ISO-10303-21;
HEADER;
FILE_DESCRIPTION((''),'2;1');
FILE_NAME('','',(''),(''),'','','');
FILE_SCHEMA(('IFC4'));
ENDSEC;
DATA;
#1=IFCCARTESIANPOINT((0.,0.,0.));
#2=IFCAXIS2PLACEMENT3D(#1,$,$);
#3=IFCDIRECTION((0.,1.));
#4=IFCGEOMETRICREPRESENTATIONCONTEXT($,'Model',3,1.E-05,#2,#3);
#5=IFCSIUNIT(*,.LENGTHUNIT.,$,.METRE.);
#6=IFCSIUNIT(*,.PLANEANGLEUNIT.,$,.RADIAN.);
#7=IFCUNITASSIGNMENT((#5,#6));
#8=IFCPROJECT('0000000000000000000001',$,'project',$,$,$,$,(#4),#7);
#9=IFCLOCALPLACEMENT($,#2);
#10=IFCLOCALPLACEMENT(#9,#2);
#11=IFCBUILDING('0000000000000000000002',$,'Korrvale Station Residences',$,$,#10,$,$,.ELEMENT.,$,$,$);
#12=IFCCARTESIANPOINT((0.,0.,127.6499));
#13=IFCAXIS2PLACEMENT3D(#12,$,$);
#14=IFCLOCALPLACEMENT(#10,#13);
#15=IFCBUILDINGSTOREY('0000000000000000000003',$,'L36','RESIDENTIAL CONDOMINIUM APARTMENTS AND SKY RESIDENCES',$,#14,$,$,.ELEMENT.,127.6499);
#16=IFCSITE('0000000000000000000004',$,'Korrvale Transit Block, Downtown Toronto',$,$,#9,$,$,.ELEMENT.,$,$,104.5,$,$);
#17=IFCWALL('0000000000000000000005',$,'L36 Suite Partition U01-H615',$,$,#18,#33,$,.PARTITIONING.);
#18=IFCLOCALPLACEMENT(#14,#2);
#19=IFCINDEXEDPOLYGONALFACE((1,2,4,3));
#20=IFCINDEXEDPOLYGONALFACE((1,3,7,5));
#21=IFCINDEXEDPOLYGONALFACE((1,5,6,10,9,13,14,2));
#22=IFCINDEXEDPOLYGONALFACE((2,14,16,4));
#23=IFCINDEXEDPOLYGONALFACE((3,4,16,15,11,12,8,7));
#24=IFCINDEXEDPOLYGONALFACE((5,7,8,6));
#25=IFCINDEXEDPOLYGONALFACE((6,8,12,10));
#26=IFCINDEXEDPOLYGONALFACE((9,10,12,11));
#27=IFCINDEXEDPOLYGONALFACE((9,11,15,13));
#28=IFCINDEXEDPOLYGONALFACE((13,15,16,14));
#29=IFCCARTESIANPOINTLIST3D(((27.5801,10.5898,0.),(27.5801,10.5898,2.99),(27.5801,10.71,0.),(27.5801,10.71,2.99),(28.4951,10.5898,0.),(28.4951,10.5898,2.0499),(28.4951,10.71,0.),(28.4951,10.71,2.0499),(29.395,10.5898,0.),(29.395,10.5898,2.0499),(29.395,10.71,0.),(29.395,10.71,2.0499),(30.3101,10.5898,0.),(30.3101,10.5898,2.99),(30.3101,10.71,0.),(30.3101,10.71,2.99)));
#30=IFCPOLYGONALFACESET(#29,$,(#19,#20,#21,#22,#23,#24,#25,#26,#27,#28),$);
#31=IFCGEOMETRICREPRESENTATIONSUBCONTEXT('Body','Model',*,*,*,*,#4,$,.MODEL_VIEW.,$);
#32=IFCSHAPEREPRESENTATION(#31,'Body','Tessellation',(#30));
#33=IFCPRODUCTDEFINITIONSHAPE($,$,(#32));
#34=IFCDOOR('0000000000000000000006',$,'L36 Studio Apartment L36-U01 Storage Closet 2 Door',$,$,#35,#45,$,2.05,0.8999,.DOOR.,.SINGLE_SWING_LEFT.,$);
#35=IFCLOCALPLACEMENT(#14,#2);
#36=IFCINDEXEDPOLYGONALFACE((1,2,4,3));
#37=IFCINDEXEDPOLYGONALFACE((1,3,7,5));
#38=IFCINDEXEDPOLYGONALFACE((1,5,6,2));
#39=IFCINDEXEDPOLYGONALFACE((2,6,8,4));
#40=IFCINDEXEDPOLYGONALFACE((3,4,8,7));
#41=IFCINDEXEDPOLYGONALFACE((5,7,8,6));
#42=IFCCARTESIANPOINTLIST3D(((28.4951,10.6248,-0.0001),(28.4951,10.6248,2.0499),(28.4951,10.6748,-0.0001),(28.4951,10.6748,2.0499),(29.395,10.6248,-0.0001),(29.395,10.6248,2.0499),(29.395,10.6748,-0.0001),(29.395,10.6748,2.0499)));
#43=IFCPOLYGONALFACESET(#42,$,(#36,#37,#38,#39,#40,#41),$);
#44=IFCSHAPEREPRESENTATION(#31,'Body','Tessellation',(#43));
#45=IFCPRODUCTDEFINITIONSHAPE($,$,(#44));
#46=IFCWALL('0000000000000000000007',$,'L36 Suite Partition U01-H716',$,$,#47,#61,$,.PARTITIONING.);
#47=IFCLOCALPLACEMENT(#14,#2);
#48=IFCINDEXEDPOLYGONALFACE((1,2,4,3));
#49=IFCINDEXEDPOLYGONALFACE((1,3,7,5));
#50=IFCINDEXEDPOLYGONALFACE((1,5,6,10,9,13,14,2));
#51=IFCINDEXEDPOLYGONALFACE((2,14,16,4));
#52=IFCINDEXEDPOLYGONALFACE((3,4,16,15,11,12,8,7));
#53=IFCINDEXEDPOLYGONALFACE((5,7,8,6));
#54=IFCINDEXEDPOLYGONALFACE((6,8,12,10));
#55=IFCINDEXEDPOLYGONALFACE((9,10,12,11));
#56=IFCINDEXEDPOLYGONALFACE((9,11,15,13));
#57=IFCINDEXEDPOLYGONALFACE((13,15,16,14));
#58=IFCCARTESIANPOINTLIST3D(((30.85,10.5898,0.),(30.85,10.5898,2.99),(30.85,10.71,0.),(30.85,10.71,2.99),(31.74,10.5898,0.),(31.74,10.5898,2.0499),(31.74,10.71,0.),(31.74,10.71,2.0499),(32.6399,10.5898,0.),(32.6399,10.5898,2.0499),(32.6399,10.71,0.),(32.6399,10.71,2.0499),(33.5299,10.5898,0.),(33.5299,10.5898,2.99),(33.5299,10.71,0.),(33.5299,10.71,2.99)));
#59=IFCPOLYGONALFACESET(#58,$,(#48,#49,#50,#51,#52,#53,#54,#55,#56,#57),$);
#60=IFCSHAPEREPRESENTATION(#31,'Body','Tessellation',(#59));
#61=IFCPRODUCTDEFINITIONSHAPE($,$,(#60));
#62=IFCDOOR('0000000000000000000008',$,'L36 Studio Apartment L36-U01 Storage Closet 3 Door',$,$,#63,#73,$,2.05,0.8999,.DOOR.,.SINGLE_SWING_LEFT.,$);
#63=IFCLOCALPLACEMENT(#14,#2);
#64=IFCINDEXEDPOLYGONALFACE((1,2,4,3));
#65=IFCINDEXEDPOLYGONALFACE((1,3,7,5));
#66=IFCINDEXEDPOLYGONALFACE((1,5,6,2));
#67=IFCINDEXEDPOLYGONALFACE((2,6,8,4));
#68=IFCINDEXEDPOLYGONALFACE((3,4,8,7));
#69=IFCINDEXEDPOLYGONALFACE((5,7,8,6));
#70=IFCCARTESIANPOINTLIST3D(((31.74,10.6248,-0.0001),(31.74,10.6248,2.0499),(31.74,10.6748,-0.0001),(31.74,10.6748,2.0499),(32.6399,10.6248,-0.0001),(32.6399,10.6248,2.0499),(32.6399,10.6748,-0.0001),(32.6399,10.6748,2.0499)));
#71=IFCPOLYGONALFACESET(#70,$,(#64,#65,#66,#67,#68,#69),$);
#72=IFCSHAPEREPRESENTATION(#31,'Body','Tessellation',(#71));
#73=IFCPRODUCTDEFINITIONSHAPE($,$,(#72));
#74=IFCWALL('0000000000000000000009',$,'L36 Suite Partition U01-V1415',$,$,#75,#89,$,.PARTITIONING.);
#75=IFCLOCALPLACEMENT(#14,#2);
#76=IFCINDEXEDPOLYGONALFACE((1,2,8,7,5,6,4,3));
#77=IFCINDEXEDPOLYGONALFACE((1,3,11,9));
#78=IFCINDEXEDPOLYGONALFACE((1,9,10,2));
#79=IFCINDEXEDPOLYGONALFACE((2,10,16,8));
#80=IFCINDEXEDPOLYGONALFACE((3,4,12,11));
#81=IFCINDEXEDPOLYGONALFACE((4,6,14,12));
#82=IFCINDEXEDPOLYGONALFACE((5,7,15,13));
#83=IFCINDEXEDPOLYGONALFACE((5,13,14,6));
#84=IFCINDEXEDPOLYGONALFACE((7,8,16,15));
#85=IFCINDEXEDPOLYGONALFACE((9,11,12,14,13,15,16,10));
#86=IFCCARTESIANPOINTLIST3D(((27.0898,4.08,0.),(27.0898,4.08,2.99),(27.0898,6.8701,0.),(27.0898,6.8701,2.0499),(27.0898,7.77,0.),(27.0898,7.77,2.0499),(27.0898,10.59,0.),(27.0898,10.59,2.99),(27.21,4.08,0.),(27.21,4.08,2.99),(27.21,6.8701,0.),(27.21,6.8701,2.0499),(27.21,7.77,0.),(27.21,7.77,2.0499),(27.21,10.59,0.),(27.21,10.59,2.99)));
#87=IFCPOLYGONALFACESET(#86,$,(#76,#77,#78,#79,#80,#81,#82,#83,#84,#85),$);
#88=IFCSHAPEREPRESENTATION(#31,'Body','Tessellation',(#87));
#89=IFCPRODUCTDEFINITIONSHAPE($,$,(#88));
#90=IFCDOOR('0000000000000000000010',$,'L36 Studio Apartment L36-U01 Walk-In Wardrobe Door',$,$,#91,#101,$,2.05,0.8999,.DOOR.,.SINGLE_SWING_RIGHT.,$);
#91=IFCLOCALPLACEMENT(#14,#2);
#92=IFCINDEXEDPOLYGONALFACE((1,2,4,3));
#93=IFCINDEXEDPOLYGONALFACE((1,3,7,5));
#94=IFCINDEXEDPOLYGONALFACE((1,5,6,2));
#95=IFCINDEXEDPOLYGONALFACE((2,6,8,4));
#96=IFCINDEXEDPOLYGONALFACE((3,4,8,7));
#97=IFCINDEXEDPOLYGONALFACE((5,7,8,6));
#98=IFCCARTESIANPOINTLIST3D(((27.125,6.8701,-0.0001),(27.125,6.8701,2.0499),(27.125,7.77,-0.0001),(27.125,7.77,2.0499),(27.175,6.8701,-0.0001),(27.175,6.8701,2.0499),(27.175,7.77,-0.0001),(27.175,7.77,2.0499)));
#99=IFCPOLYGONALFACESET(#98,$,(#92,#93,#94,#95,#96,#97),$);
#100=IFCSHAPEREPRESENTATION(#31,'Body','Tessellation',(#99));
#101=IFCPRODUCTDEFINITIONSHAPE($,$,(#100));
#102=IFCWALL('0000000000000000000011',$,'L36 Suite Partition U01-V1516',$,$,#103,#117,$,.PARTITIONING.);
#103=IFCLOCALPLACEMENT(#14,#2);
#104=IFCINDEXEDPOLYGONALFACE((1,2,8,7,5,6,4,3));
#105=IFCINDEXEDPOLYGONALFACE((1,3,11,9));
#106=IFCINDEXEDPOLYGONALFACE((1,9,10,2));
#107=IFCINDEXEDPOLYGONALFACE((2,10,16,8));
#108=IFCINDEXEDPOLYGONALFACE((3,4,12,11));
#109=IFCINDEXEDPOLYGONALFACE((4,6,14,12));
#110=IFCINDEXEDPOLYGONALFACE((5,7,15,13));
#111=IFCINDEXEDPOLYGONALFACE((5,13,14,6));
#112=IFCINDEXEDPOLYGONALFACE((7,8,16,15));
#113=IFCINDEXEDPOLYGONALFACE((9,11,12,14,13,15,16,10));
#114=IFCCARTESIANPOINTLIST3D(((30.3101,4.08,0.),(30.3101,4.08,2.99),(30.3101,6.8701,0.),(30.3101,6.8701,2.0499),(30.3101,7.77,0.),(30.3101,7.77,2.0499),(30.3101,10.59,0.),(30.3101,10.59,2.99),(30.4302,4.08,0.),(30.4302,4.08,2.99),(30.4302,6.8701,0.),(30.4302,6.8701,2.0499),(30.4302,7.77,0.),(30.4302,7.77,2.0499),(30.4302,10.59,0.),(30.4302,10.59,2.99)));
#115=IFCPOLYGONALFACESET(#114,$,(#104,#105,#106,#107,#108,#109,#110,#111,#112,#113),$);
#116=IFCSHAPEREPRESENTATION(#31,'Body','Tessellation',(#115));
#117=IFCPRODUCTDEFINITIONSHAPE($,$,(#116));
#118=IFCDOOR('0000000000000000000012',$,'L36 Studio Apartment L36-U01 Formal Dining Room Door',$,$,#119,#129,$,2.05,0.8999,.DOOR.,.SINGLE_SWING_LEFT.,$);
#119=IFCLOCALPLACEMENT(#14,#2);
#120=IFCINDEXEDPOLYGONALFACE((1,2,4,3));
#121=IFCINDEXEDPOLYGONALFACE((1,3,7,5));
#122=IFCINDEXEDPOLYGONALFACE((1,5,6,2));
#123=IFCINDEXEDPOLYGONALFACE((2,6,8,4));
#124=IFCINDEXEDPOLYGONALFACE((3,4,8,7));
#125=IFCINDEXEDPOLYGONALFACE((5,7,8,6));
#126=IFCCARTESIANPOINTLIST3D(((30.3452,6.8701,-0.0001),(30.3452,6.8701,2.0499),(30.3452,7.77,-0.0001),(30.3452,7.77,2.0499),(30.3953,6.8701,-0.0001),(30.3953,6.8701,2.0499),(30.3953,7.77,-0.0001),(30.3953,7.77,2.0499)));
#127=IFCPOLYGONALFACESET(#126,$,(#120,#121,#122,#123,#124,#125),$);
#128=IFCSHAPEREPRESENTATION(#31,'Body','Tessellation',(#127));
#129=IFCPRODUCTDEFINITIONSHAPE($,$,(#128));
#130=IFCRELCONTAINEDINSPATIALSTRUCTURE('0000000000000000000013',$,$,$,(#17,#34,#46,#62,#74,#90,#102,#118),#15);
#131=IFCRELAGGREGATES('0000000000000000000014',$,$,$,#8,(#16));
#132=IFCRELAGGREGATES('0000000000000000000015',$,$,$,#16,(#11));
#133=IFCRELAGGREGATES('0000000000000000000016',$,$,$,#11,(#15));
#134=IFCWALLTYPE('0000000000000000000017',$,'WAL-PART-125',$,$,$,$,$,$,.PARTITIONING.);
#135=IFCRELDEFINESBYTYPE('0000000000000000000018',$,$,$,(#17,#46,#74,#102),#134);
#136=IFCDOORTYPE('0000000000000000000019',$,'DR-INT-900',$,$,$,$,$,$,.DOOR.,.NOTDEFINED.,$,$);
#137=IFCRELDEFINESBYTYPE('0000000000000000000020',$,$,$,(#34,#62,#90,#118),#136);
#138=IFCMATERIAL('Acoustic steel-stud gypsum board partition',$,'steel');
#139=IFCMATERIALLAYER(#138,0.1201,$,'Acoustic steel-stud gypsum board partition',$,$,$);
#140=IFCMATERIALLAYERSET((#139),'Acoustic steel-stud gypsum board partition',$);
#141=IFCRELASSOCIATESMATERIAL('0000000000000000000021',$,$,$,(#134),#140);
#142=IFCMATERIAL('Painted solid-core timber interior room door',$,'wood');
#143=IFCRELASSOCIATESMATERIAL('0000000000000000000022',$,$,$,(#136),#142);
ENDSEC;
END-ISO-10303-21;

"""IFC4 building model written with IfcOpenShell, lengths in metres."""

from ifc_helpers import new_model, si_unit, direction, frame, frame_2d, origin, place, context, subcontext, project, spatial, rectangle, extrude, material, layer, layer_set, type_object, element, fill, save


model = new_model("IFC4")

# Units and contexts
model_context = context("Model", 3, precision=1e-05, world=origin(), true_north=direction((0.0, 1.0)))
body_context = subcontext(model_context, "Body", "Model", "MODEL_VIEW")
ifc_project = project(units=[si_unit("LENGTHUNIT", "METRE"), si_unit("PLANEANGLEUNIT", "RADIAN")], contexts=[model_context])

# Site, building, storey
site_placement = place(None, origin())
site = spatial("IfcSite", under=ifc_project, at=site_placement, Name="Korrvale Transit Block, Downtown Toronto", CompositionType="ELEMENT", RefElevation=104.5)
building_placement = place(site_placement, origin())
building = spatial("IfcBuilding", under=site, at=building_placement, Name="Korrvale Station Residences", CompositionType="ELEMENT")
storey_placement = place(building_placement, frame((0.0, 0.0, 127.6499)))
storey = spatial("IfcBuildingStorey", under=building, at=storey_placement, Name="L36", Description="RESIDENTIAL CONDOMINIUM APARTMENTS AND SKY RESIDENCES", CompositionType="ELEMENT", Elevation=127.6499)

# Walls, openings, doors
ifc_material_1 = material(Name="Acoustic steel-stud gypsum board partition", Category="steel")
ifc_layer_1 = layer(ifc_material_1, 0.1201, Name="Acoustic steel-stud gypsum board partition")
ifc_layer_set_1 = layer_set([ifc_layer_1], Name="Acoustic steel-stud gypsum board partition")
wall_type_1 = type_object("IfcWallType", Name="WAL-PART-125", PredefinedType="PARTITIONING", material=ifc_layer_set_1)
ifc_material_2 = material(Name="Painted solid-core timber interior room door", Category="wood")
door_type = type_object("IfcDoorType", Name="DR-INT-900", OperationType="NOTDEFINED", PredefinedType="DOOR", material=ifc_material_2)
wall_1_placement = place(storey_placement, frame((27.5801, 10.6499, 0.0), z_axis=(0.0, 0.0, 1.0), x_axis=(1.0, 0.0, 0.0)))
wall_1 = element("IfcWall", 1, at=wall_1_placement, inside=storey, type_object=wall_type_1, Name="L36 Suite Partition U01-H615", PredefinedType="PARTITIONING", context=body_context, shape_type="SweptSolid", body=[
    extrude(rectangle(XDim=2.73, YDim=0.1201, at=frame_2d((1.365, 0.0))), origin(), (0.0, 0.0, 1.0), 2.99),
])
opening_1_placement = place(wall_1_placement, frame((0.915, 0.0, 0.0)))
opening_1 = element("IfcOpeningElement", 2, at=opening_1_placement, cuts=wall_1, PredefinedType="OPENING", context=body_context, shape_type="SweptSolid", body=[
    extrude(rectangle(XDim=0.8999, YDim=2.05, at=frame_2d((0.45, 1.0249))), frame((0.0, 0.0701, 0.0), z_axis=(0.0, -1.0, 0.0), x_axis=(1.0, 0.0, 0.0)), (0.0, 0.0, 1.0), 0.1401),
])
door_1_placement = place(opening_1_placement, origin())
door_1 = element("IfcDoor", 3, at=door_1_placement, inside=storey, type_object=door_type, Name="L36 Studio Apartment L36-U01 Storage Closet 2 Door", OperationType="SINGLE_SWING_LEFT", OverallHeight=2.05, OverallWidth=0.8999, PredefinedType="DOOR", context=body_context, shape_type="SweptSolid", body=[
    extrude(rectangle(XDim=0.8999, YDim=2.05, at=frame_2d((0.45, 1.0249))), frame((0.0, 0.0249, 0.0), z_axis=(0.0, -1.0, 0.0), x_axis=(1.0, 0.0, 0.0)), (0.0, 0.0, 1.0), 0.05),
])
fill(opening_1, door_1)
wall_2_placement = place(storey_placement, frame((30.8501, 10.6499, 0.0), z_axis=(0.0, 0.0, 1.0), x_axis=(1.0, 0.0, 0.0)))
wall_2 = element("IfcWall", 4, at=wall_2_placement, inside=storey, type_object=wall_type_1, Name="L36 Suite Partition U01-H716", PredefinedType="PARTITIONING", context=body_context, shape_type="SweptSolid", body=[
    extrude(rectangle(XDim=2.6799, YDim=0.1201, at=frame_2d((1.3398, 0.0))), origin(), (0.0, 0.0, 1.0), 2.99),
])
opening_2_placement = place(wall_2_placement, frame((0.8899, 0.0, 0.0)))
opening_2 = element("IfcOpeningElement", 5, at=opening_2_placement, cuts=wall_2, PredefinedType="OPENING", context=body_context, shape_type="SweptSolid", body=[
    extrude(rectangle(XDim=0.8999, YDim=2.05, at=frame_2d((0.45, 1.0249))), frame((0.0, 0.0701, 0.0), z_axis=(0.0, -1.0, 0.0), x_axis=(1.0, 0.0, 0.0)), (0.0, 0.0, 1.0), 0.1401),
])
door_2_placement = place(opening_2_placement, origin())
door_2 = element("IfcDoor", 6, at=door_2_placement, inside=storey, type_object=door_type, Name="L36 Studio Apartment L36-U01 Storage Closet 3 Door", OperationType="SINGLE_SWING_LEFT", OverallHeight=2.05, OverallWidth=0.8999, PredefinedType="DOOR", context=body_context, shape_type="SweptSolid", body=[
    extrude(rectangle(XDim=0.8999, YDim=2.05, at=frame_2d((0.45, 1.0249))), frame((0.0, 0.0249, 0.0), z_axis=(0.0, -1.0, 0.0), x_axis=(1.0, 0.0, 0.0)), (0.0, 0.0, 1.0), 0.05),
])
fill(opening_2, door_2)
wall_3_placement = place(storey_placement, frame((27.1499, 4.0801, 0.0), z_axis=(0.0, 0.0, 1.0), x_axis=(0.0, 1.0, 0.0)))
wall_3 = element("IfcWall", 7, at=wall_3_placement, inside=storey, type_object=wall_type_1, Name="L36 Suite Partition U01-V1415", PredefinedType="PARTITIONING", context=body_context, shape_type="SweptSolid", body=[
    extrude(rectangle(XDim=6.51, YDim=0.1201, at=frame_2d((3.2549, 0.0))), origin(), (0.0, 0.0, 1.0), 2.99),
])
opening_3_placement = place(wall_3_placement, frame((2.79, 0.0, 0.0)))
opening_3 = element("IfcOpeningElement", 8, at=opening_3_placement, cuts=wall_3, PredefinedType="OPENING", context=body_context, shape_type="SweptSolid", body=[
    extrude(rectangle(XDim=0.8999, YDim=2.05, at=frame_2d((0.45, 1.0249))), frame((0.0, 0.0701, 0.0), z_axis=(0.0, -1.0, 0.0), x_axis=(1.0, 0.0, 0.0)), (0.0, 0.0, 1.0), 0.1401),
])
door_3_placement = place(opening_3_placement, origin())
door_3 = element("IfcDoor", 9, at=door_3_placement, inside=storey, type_object=door_type, Name="L36 Studio Apartment L36-U01 Walk-In Wardrobe Door", OperationType="SINGLE_SWING_RIGHT", OverallHeight=2.05, OverallWidth=0.8999, PredefinedType="DOOR", context=body_context, shape_type="SweptSolid", body=[
    extrude(rectangle(XDim=0.8999, YDim=2.05, at=frame_2d((0.45, 1.0249))), frame((0.0, 0.0249, 0.0), z_axis=(0.0, -1.0, 0.0), x_axis=(1.0, 0.0, 0.0)), (0.0, 0.0, 1.0), 0.05),
])
fill(opening_3, door_3)
wall_4_placement = place(storey_placement, frame((30.3701, 4.0801, 0.0), z_axis=(0.0, 0.0, 1.0), x_axis=(0.0, 1.0, 0.0)))
wall_4 = element("IfcWall", 10, at=wall_4_placement, inside=storey, type_object=wall_type_1, Name="L36 Suite Partition U01-V1516", PredefinedType="PARTITIONING", context=body_context, shape_type="SweptSolid", body=[
    extrude(rectangle(XDim=6.51, YDim=0.1201, at=frame_2d((3.2549, 0.0))), origin(), (0.0, 0.0, 1.0), 2.99),
])
opening_4_placement = place(wall_4_placement, frame((2.79, 0.0, 0.0)))
opening_4 = element("IfcOpeningElement", 11, at=opening_4_placement, cuts=wall_4, PredefinedType="OPENING", context=body_context, shape_type="SweptSolid", body=[
    extrude(rectangle(XDim=0.8999, YDim=2.05, at=frame_2d((0.45, 1.0249))), frame((0.0, 0.0701, 0.0), z_axis=(0.0, -1.0, 0.0), x_axis=(1.0, 0.0, 0.0)), (0.0, 0.0, 1.0), 0.1401),
])
door_4_placement = place(opening_4_placement, origin())
door_4 = element("IfcDoor", 12, at=door_4_placement, inside=storey, type_object=door_type, Name="L36 Studio Apartment L36-U01 Formal Dining Room Door", OperationType="SINGLE_SWING_LEFT", OverallHeight=2.05, OverallWidth=0.8999, PredefinedType="DOOR", context=body_context, shape_type="SweptSolid", body=[
    extrude(rectangle(XDim=0.8999, YDim=2.05, at=frame_2d((0.45, 1.0249))), frame((0.0, 0.0249, 0.0), z_axis=(0.0, -1.0, 0.0), x_axis=(1.0, 0.0, 0.0)), (0.0, 0.0, 1.0), 0.05),
])
fill(opening_4, door_4)

save(model, "model.ifc")
